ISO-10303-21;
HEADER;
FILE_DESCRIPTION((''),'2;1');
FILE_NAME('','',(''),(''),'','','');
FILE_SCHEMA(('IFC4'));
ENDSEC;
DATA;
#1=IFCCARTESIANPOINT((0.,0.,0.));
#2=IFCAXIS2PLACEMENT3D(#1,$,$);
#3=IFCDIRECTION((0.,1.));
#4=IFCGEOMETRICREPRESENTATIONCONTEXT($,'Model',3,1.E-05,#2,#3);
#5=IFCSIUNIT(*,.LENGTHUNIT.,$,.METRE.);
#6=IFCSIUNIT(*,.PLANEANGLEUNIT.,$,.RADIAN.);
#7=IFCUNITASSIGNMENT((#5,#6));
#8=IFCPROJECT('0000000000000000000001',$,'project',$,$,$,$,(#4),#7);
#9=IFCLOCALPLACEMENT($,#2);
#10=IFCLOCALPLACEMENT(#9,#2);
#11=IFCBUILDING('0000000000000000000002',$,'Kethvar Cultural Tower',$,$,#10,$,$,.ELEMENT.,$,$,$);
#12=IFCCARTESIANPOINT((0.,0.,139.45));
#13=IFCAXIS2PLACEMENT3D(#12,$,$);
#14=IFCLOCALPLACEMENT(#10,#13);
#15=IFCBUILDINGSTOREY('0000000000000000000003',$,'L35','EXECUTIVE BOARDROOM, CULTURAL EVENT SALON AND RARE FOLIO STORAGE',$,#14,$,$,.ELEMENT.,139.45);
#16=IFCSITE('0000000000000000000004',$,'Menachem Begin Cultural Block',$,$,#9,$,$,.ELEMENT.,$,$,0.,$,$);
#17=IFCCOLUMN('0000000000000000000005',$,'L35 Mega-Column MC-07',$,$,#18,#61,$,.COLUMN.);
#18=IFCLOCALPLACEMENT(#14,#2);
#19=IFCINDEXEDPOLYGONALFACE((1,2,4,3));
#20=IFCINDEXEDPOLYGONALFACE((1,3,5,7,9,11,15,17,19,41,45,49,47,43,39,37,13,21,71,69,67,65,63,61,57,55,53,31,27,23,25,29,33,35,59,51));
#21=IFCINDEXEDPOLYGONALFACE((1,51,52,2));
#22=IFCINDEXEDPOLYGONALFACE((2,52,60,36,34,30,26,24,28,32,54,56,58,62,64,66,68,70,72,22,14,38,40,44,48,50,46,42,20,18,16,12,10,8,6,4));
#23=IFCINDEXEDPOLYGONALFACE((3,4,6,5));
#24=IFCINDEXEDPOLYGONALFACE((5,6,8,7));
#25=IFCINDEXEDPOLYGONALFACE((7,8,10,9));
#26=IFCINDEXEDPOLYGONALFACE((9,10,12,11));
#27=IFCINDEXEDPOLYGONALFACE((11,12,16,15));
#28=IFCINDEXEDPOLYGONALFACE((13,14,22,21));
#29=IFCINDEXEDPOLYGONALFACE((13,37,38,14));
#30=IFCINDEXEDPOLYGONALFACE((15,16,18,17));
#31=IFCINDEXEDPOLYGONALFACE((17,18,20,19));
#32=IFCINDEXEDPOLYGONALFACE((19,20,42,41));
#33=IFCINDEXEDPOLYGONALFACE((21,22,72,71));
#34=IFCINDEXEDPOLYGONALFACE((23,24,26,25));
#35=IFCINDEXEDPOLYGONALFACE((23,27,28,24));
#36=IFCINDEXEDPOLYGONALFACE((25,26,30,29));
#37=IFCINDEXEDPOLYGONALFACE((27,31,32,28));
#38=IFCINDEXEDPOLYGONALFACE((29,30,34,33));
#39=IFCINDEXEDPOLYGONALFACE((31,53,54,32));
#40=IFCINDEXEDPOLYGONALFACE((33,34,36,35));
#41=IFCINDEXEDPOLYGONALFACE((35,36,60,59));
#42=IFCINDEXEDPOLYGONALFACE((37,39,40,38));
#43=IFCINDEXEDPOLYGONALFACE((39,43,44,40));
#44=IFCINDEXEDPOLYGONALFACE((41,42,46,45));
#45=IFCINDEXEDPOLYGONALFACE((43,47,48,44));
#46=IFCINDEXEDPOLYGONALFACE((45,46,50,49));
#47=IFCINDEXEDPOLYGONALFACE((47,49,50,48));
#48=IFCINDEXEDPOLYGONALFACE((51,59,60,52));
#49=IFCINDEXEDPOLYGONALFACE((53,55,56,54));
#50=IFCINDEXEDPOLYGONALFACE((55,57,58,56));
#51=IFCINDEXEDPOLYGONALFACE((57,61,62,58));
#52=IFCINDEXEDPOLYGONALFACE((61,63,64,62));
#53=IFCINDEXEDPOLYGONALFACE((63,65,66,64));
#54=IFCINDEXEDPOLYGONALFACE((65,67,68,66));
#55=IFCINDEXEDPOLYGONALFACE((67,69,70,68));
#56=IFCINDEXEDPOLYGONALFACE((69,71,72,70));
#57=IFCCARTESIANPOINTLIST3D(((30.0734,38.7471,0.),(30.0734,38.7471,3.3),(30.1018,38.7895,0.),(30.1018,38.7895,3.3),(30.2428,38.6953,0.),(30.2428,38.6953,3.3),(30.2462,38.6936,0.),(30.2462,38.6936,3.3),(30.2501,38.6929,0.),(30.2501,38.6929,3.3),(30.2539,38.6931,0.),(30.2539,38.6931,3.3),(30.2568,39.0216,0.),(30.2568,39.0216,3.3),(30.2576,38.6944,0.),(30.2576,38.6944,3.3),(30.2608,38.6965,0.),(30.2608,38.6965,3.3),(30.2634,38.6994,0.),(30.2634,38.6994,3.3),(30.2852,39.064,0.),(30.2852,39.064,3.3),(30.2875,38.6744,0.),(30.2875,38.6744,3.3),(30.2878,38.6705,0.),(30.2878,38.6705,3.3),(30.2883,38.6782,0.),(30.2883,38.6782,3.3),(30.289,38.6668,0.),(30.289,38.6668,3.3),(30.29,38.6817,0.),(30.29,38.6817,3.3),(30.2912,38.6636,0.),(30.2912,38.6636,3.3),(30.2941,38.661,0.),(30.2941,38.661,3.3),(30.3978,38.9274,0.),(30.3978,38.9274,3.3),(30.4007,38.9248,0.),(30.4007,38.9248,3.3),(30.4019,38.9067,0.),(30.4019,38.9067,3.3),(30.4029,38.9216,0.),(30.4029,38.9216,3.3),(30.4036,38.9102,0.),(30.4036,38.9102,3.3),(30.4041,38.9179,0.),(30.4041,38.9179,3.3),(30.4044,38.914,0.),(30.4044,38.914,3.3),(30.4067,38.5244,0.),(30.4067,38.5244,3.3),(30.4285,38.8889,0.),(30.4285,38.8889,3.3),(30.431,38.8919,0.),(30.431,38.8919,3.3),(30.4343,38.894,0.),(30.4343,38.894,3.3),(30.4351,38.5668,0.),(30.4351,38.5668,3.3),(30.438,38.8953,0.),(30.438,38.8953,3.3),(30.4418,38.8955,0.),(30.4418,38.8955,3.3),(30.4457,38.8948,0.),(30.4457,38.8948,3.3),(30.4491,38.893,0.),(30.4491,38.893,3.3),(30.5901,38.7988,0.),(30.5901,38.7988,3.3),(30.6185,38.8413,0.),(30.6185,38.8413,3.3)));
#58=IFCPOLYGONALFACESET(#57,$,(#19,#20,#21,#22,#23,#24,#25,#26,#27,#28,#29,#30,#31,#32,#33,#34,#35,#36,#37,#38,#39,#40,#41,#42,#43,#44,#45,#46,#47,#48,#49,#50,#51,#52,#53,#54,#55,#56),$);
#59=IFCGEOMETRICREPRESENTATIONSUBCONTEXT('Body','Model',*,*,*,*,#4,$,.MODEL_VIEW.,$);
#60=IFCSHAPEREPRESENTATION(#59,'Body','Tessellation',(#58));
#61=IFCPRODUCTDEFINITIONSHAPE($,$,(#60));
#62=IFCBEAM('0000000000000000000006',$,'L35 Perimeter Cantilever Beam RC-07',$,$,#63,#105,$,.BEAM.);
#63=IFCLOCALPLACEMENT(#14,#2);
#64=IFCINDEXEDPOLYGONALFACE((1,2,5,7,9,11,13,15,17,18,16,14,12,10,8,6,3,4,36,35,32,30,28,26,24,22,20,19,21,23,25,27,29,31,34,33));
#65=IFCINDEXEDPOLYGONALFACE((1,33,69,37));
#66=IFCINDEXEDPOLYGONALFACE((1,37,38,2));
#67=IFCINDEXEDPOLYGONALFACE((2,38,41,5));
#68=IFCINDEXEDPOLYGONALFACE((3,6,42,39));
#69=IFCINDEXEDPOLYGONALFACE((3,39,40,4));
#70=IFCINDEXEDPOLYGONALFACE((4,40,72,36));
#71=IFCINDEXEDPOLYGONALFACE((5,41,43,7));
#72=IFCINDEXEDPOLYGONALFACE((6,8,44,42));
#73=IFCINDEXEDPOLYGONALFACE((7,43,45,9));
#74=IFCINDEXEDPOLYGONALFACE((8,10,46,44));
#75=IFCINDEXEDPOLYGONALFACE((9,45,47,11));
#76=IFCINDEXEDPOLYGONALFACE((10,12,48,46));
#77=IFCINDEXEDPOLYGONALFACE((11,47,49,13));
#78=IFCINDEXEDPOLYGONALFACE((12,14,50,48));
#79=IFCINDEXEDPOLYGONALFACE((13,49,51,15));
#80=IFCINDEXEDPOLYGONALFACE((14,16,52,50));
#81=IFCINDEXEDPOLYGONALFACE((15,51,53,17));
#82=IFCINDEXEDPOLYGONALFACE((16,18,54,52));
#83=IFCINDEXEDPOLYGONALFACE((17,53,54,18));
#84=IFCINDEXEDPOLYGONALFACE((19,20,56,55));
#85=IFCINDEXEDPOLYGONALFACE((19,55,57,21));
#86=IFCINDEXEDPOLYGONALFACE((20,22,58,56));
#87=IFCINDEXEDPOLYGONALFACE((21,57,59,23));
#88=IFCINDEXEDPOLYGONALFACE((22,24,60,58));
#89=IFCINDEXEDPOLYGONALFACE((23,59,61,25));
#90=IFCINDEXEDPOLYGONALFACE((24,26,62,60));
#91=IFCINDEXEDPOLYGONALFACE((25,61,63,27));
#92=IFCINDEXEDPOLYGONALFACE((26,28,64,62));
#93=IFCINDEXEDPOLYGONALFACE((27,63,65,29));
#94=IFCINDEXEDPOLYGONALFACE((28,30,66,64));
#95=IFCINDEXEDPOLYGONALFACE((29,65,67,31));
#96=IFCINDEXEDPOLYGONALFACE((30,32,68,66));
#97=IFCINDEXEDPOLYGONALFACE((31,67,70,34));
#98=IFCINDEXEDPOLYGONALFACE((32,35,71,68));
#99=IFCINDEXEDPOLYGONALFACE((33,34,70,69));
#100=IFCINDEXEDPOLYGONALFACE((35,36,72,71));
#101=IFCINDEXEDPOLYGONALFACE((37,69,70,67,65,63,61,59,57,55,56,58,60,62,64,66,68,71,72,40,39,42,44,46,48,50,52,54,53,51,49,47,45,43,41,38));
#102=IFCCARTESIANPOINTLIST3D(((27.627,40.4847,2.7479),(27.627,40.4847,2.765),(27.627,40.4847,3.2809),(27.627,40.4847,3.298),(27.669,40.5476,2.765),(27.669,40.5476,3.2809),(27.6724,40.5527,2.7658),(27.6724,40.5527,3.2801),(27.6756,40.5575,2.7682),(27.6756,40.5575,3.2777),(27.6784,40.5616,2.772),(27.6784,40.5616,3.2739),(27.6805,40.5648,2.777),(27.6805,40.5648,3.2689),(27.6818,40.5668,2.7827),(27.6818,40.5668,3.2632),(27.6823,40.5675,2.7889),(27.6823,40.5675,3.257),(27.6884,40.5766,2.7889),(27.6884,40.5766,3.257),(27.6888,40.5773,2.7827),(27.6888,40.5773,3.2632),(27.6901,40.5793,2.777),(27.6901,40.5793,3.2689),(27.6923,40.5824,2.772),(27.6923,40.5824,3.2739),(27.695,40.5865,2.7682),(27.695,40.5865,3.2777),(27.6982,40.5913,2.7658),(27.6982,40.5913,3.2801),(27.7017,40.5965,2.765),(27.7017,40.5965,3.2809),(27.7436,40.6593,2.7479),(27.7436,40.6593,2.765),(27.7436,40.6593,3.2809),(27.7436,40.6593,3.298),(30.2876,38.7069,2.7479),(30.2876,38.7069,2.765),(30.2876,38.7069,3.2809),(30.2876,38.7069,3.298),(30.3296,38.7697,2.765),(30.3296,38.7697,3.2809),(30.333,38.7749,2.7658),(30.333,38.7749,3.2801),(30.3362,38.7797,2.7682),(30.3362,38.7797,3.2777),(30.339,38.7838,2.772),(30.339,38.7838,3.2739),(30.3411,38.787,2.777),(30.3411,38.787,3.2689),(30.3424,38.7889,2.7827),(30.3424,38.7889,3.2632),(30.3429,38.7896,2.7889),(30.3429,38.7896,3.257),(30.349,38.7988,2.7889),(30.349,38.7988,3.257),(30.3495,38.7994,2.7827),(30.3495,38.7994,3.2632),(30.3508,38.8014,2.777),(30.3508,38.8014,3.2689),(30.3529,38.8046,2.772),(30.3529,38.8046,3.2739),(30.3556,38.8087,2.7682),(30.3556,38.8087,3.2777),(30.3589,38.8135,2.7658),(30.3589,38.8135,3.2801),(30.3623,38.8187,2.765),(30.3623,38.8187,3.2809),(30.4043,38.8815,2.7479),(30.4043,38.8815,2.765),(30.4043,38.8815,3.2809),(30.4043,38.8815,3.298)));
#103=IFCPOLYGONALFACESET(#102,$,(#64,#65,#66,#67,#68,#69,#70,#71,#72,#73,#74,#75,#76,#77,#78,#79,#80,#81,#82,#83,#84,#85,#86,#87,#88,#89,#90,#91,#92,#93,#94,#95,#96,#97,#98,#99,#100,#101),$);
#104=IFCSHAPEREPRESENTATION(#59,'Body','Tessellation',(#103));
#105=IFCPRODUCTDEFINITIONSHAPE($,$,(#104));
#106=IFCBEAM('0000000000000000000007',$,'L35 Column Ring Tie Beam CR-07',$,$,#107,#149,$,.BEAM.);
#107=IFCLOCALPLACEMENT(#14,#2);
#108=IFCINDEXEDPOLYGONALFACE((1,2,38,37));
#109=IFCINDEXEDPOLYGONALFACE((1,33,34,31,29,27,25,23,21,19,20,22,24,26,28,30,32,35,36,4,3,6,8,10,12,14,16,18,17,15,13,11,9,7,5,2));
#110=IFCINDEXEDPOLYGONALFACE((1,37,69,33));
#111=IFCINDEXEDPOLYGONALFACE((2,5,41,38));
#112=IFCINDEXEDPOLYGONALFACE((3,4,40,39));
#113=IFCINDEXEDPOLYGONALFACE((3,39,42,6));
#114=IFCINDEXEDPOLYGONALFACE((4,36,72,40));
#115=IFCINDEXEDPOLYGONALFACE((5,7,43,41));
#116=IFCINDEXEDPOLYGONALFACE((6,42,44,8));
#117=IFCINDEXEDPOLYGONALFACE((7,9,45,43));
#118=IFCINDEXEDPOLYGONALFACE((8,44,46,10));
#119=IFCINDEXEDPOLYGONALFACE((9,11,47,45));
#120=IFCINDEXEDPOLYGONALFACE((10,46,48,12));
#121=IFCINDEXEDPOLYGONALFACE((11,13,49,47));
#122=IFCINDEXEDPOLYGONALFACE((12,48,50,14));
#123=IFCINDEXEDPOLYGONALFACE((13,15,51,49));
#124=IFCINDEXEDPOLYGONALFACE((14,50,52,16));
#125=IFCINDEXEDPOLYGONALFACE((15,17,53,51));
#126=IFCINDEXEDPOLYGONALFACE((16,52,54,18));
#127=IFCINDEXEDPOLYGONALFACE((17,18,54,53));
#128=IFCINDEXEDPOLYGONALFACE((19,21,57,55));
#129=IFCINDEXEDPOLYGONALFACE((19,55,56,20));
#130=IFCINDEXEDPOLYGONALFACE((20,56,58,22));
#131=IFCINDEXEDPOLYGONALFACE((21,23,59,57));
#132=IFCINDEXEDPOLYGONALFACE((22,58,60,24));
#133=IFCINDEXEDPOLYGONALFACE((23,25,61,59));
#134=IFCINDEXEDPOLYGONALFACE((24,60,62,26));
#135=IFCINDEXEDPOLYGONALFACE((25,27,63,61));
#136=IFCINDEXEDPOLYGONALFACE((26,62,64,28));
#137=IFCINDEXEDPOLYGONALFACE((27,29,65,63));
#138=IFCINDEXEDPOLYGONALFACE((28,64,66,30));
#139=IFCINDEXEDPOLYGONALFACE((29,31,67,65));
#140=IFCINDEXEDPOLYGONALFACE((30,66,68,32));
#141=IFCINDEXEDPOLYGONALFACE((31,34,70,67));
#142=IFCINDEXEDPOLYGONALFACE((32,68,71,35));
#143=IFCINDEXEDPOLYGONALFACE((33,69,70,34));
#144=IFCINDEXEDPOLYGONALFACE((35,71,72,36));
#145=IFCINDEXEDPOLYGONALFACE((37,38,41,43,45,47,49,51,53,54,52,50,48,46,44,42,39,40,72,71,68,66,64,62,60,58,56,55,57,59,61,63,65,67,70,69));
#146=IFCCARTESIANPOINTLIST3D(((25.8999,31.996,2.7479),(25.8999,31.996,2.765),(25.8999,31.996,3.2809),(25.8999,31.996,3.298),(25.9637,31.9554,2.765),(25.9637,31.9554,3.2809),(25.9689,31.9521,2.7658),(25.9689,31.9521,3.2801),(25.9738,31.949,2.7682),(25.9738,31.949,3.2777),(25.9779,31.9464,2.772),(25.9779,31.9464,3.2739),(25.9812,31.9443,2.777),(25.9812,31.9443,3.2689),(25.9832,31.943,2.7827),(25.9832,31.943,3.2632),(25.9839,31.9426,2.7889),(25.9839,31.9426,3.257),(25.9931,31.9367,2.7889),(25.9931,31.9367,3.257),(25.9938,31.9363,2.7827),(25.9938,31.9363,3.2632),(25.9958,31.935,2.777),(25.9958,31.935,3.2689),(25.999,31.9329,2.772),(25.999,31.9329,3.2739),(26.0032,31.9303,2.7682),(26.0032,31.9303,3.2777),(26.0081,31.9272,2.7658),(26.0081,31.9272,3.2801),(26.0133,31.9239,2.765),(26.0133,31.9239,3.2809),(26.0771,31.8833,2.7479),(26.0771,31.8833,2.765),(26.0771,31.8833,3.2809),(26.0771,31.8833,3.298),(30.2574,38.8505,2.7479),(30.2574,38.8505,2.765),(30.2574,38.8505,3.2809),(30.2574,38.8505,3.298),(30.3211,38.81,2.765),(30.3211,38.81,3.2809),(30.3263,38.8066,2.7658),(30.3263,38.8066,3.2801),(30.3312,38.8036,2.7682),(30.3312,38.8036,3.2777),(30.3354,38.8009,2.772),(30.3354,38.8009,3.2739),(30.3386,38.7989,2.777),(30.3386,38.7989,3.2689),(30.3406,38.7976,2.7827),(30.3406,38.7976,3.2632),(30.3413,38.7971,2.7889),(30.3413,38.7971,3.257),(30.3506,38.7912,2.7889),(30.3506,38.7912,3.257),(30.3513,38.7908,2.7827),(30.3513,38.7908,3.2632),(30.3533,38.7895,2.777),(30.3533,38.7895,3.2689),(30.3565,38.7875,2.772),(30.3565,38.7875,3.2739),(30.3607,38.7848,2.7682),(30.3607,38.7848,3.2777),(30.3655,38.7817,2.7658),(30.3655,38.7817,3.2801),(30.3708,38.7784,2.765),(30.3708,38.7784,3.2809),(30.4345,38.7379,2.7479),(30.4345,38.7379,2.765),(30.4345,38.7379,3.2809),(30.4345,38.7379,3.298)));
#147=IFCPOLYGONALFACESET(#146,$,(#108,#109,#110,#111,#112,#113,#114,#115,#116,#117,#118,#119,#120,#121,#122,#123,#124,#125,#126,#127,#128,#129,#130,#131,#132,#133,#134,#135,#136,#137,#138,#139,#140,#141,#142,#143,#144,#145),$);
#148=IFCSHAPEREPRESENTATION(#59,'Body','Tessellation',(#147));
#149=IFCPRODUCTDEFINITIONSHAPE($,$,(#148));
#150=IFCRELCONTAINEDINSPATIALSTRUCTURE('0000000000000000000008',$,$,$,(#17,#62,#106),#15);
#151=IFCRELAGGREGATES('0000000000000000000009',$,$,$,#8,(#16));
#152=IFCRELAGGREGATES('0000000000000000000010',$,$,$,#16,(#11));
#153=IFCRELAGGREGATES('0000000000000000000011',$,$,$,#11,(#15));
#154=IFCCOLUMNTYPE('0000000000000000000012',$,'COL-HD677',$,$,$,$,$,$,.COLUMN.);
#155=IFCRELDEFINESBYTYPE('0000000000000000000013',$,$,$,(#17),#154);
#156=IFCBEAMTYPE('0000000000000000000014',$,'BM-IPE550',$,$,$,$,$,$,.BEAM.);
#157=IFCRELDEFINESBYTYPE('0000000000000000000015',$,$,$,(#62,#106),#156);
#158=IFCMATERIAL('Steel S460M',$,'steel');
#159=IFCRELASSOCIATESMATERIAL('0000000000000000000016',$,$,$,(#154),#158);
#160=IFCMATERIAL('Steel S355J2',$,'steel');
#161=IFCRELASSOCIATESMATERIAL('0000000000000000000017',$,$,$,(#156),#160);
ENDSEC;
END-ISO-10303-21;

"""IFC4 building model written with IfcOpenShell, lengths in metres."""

from ifc_helpers import new_model, si_unit, direction, frame, origin, origin_2d, place, context, subcontext, project, spatial, i_section, extrude, source, transform, mapped, material, material_profile, profile_set, type_object, element, save


model = new_model("IFC4")

# Units and contexts
model_context = context("Model", 3, precision=1e-05, world=origin(), true_north=direction((0.0, 1.0)))
body_context = subcontext(model_context, "Body", "Model", "MODEL_VIEW")
ifc_project = project(units=[si_unit("LENGTHUNIT", "METRE"), si_unit("PLANEANGLEUNIT", "RADIAN")], contexts=[model_context])

# Site, building, storey
site_placement = place(None, origin())
site = spatial("IfcSite", under=ifc_project, at=site_placement, Name="Menachem Begin Cultural Block", CompositionType="ELEMENT", RefElevation=0.0)
building_placement = place(site_placement, origin())
building = spatial("IfcBuilding", under=site, at=building_placement, Name="Kethvar Cultural Tower", CompositionType="ELEMENT")
storey_placement = place(building_placement, frame((0.0, 0.0, 139.45)))
storey = spatial("IfcBuildingStorey", under=building, at=storey_placement, Name="L35", Description="EXECUTIVE BOARDROOM, CULTURAL EVENT SALON AND RARE FOLIO STORAGE", CompositionType="ELEMENT", Elevation=139.45)

# Column
ifc_material_1 = material(Name="Steel S460M", Category="steel")
ifc_material_profile_1 = material_profile(ifc_material_1, i_section(OverallWidth=0.4009, OverallDepth=0.3811, WebThickness=0.032, FlangeThickness=0.051, FilletRadius=0.0149, at=origin_2d()), Name="Steel S460M — HD400x677")
ifc_profile_set_1 = profile_set([ifc_material_profile_1], Name="Steel S460M — HD400x677")
column_type = type_object("IfcColumnType", Name="COL-HD677", PredefinedType="COLUMN", material=ifc_profile_set_1)
shared_shape_1 = source(origin(), body_context, "Body", "SweptSolid", [
    extrude(i_section(OverallWidth=0.4009, OverallDepth=0.3811, WebThickness=0.032, FlangeThickness=0.051, FilletRadius=0.0149, at=origin_2d()), origin(), (0.0, 0.0, 1.0), 3.3),
])
column_placement = place(storey_placement, frame((30.3459, 38.7942, 0.0), z_axis=(0.0, 0.0, 1.0), x_axis=(-0.83147, 0.55557, 0.0)))
element("IfcColumn", 1, at=column_placement, inside=storey, type_object=column_type, Name="L35 Mega-Column MC-07", PredefinedType="COLUMN", context=body_context, shape_type="MappedRepresentation", body=[
    mapped(shared_shape_1, transform((0.0, 0.0, 0.0), scale=1.0)),
])

# Beams
ifc_material_2 = material(Name="Steel S355J2", Category="steel")
ifc_material_profile_2 = material_profile(ifc_material_2, i_section(OverallWidth=0.21, OverallDepth=0.55, WebThickness=0.011, FlangeThickness=0.0171, FilletRadius=0.0239, at=origin_2d()), Name="Steel S355J2 — IPE550")
ifc_profile_set_2 = profile_set([ifc_material_profile_2], Name="Steel S355J2 — IPE550")
beam_type_1 = type_object("IfcBeamType", Name="BM-IPE550", PredefinedType="BEAM", material=ifc_profile_set_2)
shared_shape_2 = source(origin(), body_context, "Body", "SweptSolid", [
    extrude(i_section(OverallWidth=0.21, OverallDepth=0.55, WebThickness=0.011, FlangeThickness=0.0171, FilletRadius=0.0239, at=origin_2d()), origin(), (0.0, 0.0, 1.0), 3.2),
])
beam_1_placement = place(storey_placement, frame((30.3459, 38.7942, 3.0229), z_axis=(-0.831463, 0.55558, 0.0), x_axis=(-0.55558, -0.831463, 0.0)))
element("IfcBeam", 2, at=beam_1_placement, inside=storey, type_object=beam_type_1, Name="L35 Perimeter Cantilever Beam RC-07", PredefinedType="BEAM", context=body_context, shape_type="MappedRepresentation", body=[
    mapped(shared_shape_2, transform((0.0, 0.0, 0.0), scale=1.0)),
])
shared_shape_3 = source(origin(), body_context, "Body", "SweptSolid", [
    extrude(i_section(OverallWidth=0.21, OverallDepth=0.55, WebThickness=0.011, FlangeThickness=0.0171, FilletRadius=0.0239, at=origin_2d()), origin(), (0.0, 0.0, 1.0), 8.1223),
])
beam_2_placement = place(storey_placement, frame((30.3459, 38.7942, 3.0229), z_axis=(-0.536479, -0.843914, 0.0), x_axis=(0.843914, -0.536479, 0.0)))
element("IfcBeam", 3, at=beam_2_placement, inside=storey, type_object=beam_type_1, Name="L35 Column Ring Tie Beam CR-07", PredefinedType="BEAM", context=body_context, shape_type="MappedRepresentation", body=[
    mapped(shared_shape_3, transform((0.0, 0.0, 0.0), scale=1.0)),
])

save(model, "model.ifc")
